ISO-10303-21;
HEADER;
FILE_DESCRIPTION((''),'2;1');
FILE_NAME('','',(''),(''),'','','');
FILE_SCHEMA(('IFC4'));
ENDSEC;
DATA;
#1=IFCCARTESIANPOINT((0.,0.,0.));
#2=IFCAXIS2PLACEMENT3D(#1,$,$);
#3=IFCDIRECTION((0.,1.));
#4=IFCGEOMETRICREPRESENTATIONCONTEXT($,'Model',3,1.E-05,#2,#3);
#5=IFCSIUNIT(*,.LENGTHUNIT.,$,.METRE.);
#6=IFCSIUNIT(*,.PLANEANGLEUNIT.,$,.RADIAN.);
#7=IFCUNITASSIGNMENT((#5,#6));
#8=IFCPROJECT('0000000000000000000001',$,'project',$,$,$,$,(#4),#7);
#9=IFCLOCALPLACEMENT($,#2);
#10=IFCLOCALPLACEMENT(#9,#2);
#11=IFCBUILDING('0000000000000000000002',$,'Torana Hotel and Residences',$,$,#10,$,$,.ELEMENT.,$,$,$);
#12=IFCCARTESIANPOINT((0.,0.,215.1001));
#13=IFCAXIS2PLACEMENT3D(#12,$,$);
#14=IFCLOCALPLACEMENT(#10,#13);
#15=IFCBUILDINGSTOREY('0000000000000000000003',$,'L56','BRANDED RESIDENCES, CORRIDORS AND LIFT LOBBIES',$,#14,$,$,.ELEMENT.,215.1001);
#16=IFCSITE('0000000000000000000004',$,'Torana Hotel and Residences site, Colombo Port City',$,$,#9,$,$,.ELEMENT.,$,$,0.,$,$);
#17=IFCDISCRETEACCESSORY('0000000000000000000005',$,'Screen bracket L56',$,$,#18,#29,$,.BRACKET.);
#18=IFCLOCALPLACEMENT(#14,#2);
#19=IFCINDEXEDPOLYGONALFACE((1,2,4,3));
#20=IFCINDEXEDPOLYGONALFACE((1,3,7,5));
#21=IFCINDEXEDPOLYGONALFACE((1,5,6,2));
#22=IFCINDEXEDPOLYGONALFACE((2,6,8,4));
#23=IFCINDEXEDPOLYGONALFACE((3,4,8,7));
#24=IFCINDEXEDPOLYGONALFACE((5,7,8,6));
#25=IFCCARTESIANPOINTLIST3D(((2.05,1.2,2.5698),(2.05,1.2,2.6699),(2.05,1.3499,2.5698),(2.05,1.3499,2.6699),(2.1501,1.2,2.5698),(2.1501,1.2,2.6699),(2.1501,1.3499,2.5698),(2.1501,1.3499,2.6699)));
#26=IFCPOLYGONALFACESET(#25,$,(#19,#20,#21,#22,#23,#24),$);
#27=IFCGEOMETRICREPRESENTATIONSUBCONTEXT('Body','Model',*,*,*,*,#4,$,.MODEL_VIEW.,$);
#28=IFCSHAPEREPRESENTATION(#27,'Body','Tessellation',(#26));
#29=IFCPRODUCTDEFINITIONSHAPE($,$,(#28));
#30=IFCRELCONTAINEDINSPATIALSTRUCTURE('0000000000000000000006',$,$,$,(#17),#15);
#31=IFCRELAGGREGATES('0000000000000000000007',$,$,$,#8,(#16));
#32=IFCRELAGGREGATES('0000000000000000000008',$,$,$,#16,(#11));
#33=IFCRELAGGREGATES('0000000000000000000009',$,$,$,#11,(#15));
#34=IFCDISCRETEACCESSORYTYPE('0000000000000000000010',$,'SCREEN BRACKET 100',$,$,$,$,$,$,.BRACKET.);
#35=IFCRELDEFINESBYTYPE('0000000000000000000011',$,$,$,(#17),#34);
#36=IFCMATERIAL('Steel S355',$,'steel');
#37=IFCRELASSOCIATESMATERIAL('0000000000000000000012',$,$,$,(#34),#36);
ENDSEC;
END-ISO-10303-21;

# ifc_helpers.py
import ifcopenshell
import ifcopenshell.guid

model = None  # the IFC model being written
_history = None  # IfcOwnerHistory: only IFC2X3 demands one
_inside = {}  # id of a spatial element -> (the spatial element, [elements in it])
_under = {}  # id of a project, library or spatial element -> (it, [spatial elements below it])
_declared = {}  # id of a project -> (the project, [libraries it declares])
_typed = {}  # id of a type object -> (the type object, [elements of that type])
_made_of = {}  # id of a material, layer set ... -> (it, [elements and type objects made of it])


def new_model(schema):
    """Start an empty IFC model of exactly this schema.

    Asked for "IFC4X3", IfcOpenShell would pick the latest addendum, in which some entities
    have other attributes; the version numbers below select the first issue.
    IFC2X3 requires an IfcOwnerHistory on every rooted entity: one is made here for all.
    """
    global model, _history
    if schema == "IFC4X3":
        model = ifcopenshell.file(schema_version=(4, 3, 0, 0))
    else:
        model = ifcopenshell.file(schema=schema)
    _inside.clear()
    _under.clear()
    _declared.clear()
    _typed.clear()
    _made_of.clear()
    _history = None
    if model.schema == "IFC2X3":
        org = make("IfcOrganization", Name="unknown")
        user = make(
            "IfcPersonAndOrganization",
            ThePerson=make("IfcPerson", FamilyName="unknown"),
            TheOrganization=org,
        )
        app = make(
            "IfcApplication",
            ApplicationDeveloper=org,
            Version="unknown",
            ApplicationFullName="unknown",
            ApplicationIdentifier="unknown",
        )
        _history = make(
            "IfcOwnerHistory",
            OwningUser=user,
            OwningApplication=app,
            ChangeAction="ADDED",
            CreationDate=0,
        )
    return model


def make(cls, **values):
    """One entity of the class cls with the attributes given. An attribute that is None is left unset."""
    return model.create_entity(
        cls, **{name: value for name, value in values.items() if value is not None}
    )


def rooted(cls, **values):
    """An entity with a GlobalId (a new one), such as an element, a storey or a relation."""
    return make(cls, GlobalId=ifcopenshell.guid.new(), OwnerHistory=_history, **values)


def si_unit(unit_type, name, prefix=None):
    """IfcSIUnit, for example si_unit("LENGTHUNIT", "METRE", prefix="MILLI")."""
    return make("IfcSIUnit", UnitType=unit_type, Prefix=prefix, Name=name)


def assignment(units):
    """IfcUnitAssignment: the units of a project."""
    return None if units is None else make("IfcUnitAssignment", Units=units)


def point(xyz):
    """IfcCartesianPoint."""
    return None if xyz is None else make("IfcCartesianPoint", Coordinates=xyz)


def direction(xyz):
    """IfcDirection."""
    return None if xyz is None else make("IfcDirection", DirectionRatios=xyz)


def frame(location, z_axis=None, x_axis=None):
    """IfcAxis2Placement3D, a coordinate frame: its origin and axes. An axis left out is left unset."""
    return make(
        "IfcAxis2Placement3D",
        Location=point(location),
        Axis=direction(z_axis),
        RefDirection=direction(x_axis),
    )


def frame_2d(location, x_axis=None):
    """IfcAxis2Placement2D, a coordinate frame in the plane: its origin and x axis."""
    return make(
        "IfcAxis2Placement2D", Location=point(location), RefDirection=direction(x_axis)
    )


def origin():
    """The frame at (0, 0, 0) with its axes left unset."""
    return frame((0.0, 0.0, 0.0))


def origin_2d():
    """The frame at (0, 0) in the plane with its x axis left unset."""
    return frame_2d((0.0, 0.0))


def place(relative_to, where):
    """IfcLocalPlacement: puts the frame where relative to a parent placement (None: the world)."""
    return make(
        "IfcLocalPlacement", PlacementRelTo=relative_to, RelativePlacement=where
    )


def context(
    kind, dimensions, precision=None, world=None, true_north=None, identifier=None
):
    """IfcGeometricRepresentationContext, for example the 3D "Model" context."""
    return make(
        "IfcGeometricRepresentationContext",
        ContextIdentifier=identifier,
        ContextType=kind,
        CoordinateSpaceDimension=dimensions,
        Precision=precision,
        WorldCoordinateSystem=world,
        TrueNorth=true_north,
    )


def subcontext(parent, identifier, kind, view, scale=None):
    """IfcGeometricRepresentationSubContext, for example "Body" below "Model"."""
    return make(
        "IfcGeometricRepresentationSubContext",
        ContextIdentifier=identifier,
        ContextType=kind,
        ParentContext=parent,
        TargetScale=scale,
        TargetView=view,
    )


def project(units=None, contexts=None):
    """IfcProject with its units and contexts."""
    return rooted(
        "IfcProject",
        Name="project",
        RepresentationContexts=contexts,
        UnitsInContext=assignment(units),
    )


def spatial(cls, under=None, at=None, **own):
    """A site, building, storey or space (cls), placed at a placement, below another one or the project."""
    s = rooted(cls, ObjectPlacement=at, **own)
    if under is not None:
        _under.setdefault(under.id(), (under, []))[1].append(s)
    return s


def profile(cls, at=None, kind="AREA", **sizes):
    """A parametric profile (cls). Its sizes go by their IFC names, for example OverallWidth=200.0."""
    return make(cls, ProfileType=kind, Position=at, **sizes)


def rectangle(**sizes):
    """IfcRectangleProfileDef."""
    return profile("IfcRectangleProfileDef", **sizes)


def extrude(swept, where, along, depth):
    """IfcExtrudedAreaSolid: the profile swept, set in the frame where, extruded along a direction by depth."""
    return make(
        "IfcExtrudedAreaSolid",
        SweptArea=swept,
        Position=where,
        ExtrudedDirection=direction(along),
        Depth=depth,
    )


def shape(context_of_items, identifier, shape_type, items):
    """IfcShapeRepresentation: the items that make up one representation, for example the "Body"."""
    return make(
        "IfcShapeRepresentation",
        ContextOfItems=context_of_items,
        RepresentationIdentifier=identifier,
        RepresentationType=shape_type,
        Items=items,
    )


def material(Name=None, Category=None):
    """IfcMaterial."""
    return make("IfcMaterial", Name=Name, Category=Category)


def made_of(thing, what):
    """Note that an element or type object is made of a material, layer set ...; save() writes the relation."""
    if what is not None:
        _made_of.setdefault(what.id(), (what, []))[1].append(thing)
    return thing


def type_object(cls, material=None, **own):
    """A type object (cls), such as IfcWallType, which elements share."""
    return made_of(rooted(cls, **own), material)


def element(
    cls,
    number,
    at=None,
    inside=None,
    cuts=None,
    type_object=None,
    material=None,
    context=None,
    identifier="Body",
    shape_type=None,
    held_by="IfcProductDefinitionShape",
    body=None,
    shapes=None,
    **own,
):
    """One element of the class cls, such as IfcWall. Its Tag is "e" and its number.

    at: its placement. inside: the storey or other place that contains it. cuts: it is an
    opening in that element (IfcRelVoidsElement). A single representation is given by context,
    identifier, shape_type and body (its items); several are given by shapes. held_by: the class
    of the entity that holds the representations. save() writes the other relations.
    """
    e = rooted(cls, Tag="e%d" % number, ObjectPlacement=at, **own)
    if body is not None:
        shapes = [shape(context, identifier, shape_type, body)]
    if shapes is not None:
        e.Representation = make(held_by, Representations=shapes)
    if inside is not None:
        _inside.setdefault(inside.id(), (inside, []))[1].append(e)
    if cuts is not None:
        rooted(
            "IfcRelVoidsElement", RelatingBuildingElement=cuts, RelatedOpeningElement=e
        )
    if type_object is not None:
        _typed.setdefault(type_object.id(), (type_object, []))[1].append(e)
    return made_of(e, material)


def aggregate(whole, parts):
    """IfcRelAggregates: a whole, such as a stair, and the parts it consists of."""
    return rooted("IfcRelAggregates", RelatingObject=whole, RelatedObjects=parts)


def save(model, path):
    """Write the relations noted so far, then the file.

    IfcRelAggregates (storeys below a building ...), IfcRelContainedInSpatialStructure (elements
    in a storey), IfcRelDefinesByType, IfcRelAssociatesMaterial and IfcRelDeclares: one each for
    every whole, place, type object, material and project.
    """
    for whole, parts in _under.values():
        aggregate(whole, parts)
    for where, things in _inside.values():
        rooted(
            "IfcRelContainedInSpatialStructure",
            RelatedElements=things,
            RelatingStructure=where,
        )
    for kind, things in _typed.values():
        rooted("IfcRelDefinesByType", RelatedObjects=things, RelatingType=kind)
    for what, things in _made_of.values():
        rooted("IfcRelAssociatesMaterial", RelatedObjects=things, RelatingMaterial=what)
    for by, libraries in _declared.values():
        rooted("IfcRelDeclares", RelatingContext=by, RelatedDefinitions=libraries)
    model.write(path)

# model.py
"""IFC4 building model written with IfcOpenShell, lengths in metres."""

from ifc_helpers import new_model, si_unit, direction, frame, origin, origin_2d, place, context, subcontext, project, spatial, rectangle, extrude, material, type_object, element, save


model = new_model("IFC4")

# Units and contexts
model_context = context("Model", 3, precision=1e-05, world=origin(), true_north=direction((0.0, 1.0)))
body_context = subcontext(model_context, "Body", "Model", "MODEL_VIEW")
ifc_project = project(units=[si_unit("LENGTHUNIT", "METRE"), si_unit("PLANEANGLEUNIT", "RADIAN")], contexts=[model_context])

# Site, building, storey
site_placement = place(None, origin())
site = spatial("IfcSite", under=ifc_project, at=site_placement, Name="Torana Hotel and Residences site, Colombo Port City", CompositionType="ELEMENT", RefElevation=0.0)
building_placement = place(site_placement, origin())
building = spatial("IfcBuilding", under=site, at=building_placement, Name="Torana Hotel and Residences", CompositionType="ELEMENT")
storey_placement = place(building_placement, frame((0.0, 0.0, 215.1001)))
storey = spatial("IfcBuildingStorey", under=building, at=storey_placement, Name="L56", Description="BRANDED RESIDENCES, CORRIDORS AND LIFT LOBBIES", CompositionType="ELEMENT", Elevation=215.1001)

# Discrete accessory
ifc_material_1 = material(Name="Steel S355", Category="steel")
discrete_accessory_type = type_object("IfcDiscreteAccessoryType", Name="SCREEN BRACKET 100", PredefinedType="BRACKET", material=ifc_material_1)
for number, where, z_axis, x_axis, name in (
    (1, (2.1001, 1.2749, 2.5698), (0.0, 0.0, 1.0), (-1.0, 0.0, 0.0), "Screen bracket L56"),
):
    element("IfcDiscreteAccessory", number, at=place(storey_placement, frame(where, z_axis=z_axis, x_axis=x_axis)), inside=storey, type_object=discrete_accessory_type, Name=name, PredefinedType="BRACKET", context=body_context, shape_type="SweptSolid", body=[
        extrude(rectangle(XDim=0.1001, YDim=0.1499, at=origin_2d()), origin(), (0.0, 0.0, 1.0), 0.1001),
    ])

save(model, "model.ifc")
